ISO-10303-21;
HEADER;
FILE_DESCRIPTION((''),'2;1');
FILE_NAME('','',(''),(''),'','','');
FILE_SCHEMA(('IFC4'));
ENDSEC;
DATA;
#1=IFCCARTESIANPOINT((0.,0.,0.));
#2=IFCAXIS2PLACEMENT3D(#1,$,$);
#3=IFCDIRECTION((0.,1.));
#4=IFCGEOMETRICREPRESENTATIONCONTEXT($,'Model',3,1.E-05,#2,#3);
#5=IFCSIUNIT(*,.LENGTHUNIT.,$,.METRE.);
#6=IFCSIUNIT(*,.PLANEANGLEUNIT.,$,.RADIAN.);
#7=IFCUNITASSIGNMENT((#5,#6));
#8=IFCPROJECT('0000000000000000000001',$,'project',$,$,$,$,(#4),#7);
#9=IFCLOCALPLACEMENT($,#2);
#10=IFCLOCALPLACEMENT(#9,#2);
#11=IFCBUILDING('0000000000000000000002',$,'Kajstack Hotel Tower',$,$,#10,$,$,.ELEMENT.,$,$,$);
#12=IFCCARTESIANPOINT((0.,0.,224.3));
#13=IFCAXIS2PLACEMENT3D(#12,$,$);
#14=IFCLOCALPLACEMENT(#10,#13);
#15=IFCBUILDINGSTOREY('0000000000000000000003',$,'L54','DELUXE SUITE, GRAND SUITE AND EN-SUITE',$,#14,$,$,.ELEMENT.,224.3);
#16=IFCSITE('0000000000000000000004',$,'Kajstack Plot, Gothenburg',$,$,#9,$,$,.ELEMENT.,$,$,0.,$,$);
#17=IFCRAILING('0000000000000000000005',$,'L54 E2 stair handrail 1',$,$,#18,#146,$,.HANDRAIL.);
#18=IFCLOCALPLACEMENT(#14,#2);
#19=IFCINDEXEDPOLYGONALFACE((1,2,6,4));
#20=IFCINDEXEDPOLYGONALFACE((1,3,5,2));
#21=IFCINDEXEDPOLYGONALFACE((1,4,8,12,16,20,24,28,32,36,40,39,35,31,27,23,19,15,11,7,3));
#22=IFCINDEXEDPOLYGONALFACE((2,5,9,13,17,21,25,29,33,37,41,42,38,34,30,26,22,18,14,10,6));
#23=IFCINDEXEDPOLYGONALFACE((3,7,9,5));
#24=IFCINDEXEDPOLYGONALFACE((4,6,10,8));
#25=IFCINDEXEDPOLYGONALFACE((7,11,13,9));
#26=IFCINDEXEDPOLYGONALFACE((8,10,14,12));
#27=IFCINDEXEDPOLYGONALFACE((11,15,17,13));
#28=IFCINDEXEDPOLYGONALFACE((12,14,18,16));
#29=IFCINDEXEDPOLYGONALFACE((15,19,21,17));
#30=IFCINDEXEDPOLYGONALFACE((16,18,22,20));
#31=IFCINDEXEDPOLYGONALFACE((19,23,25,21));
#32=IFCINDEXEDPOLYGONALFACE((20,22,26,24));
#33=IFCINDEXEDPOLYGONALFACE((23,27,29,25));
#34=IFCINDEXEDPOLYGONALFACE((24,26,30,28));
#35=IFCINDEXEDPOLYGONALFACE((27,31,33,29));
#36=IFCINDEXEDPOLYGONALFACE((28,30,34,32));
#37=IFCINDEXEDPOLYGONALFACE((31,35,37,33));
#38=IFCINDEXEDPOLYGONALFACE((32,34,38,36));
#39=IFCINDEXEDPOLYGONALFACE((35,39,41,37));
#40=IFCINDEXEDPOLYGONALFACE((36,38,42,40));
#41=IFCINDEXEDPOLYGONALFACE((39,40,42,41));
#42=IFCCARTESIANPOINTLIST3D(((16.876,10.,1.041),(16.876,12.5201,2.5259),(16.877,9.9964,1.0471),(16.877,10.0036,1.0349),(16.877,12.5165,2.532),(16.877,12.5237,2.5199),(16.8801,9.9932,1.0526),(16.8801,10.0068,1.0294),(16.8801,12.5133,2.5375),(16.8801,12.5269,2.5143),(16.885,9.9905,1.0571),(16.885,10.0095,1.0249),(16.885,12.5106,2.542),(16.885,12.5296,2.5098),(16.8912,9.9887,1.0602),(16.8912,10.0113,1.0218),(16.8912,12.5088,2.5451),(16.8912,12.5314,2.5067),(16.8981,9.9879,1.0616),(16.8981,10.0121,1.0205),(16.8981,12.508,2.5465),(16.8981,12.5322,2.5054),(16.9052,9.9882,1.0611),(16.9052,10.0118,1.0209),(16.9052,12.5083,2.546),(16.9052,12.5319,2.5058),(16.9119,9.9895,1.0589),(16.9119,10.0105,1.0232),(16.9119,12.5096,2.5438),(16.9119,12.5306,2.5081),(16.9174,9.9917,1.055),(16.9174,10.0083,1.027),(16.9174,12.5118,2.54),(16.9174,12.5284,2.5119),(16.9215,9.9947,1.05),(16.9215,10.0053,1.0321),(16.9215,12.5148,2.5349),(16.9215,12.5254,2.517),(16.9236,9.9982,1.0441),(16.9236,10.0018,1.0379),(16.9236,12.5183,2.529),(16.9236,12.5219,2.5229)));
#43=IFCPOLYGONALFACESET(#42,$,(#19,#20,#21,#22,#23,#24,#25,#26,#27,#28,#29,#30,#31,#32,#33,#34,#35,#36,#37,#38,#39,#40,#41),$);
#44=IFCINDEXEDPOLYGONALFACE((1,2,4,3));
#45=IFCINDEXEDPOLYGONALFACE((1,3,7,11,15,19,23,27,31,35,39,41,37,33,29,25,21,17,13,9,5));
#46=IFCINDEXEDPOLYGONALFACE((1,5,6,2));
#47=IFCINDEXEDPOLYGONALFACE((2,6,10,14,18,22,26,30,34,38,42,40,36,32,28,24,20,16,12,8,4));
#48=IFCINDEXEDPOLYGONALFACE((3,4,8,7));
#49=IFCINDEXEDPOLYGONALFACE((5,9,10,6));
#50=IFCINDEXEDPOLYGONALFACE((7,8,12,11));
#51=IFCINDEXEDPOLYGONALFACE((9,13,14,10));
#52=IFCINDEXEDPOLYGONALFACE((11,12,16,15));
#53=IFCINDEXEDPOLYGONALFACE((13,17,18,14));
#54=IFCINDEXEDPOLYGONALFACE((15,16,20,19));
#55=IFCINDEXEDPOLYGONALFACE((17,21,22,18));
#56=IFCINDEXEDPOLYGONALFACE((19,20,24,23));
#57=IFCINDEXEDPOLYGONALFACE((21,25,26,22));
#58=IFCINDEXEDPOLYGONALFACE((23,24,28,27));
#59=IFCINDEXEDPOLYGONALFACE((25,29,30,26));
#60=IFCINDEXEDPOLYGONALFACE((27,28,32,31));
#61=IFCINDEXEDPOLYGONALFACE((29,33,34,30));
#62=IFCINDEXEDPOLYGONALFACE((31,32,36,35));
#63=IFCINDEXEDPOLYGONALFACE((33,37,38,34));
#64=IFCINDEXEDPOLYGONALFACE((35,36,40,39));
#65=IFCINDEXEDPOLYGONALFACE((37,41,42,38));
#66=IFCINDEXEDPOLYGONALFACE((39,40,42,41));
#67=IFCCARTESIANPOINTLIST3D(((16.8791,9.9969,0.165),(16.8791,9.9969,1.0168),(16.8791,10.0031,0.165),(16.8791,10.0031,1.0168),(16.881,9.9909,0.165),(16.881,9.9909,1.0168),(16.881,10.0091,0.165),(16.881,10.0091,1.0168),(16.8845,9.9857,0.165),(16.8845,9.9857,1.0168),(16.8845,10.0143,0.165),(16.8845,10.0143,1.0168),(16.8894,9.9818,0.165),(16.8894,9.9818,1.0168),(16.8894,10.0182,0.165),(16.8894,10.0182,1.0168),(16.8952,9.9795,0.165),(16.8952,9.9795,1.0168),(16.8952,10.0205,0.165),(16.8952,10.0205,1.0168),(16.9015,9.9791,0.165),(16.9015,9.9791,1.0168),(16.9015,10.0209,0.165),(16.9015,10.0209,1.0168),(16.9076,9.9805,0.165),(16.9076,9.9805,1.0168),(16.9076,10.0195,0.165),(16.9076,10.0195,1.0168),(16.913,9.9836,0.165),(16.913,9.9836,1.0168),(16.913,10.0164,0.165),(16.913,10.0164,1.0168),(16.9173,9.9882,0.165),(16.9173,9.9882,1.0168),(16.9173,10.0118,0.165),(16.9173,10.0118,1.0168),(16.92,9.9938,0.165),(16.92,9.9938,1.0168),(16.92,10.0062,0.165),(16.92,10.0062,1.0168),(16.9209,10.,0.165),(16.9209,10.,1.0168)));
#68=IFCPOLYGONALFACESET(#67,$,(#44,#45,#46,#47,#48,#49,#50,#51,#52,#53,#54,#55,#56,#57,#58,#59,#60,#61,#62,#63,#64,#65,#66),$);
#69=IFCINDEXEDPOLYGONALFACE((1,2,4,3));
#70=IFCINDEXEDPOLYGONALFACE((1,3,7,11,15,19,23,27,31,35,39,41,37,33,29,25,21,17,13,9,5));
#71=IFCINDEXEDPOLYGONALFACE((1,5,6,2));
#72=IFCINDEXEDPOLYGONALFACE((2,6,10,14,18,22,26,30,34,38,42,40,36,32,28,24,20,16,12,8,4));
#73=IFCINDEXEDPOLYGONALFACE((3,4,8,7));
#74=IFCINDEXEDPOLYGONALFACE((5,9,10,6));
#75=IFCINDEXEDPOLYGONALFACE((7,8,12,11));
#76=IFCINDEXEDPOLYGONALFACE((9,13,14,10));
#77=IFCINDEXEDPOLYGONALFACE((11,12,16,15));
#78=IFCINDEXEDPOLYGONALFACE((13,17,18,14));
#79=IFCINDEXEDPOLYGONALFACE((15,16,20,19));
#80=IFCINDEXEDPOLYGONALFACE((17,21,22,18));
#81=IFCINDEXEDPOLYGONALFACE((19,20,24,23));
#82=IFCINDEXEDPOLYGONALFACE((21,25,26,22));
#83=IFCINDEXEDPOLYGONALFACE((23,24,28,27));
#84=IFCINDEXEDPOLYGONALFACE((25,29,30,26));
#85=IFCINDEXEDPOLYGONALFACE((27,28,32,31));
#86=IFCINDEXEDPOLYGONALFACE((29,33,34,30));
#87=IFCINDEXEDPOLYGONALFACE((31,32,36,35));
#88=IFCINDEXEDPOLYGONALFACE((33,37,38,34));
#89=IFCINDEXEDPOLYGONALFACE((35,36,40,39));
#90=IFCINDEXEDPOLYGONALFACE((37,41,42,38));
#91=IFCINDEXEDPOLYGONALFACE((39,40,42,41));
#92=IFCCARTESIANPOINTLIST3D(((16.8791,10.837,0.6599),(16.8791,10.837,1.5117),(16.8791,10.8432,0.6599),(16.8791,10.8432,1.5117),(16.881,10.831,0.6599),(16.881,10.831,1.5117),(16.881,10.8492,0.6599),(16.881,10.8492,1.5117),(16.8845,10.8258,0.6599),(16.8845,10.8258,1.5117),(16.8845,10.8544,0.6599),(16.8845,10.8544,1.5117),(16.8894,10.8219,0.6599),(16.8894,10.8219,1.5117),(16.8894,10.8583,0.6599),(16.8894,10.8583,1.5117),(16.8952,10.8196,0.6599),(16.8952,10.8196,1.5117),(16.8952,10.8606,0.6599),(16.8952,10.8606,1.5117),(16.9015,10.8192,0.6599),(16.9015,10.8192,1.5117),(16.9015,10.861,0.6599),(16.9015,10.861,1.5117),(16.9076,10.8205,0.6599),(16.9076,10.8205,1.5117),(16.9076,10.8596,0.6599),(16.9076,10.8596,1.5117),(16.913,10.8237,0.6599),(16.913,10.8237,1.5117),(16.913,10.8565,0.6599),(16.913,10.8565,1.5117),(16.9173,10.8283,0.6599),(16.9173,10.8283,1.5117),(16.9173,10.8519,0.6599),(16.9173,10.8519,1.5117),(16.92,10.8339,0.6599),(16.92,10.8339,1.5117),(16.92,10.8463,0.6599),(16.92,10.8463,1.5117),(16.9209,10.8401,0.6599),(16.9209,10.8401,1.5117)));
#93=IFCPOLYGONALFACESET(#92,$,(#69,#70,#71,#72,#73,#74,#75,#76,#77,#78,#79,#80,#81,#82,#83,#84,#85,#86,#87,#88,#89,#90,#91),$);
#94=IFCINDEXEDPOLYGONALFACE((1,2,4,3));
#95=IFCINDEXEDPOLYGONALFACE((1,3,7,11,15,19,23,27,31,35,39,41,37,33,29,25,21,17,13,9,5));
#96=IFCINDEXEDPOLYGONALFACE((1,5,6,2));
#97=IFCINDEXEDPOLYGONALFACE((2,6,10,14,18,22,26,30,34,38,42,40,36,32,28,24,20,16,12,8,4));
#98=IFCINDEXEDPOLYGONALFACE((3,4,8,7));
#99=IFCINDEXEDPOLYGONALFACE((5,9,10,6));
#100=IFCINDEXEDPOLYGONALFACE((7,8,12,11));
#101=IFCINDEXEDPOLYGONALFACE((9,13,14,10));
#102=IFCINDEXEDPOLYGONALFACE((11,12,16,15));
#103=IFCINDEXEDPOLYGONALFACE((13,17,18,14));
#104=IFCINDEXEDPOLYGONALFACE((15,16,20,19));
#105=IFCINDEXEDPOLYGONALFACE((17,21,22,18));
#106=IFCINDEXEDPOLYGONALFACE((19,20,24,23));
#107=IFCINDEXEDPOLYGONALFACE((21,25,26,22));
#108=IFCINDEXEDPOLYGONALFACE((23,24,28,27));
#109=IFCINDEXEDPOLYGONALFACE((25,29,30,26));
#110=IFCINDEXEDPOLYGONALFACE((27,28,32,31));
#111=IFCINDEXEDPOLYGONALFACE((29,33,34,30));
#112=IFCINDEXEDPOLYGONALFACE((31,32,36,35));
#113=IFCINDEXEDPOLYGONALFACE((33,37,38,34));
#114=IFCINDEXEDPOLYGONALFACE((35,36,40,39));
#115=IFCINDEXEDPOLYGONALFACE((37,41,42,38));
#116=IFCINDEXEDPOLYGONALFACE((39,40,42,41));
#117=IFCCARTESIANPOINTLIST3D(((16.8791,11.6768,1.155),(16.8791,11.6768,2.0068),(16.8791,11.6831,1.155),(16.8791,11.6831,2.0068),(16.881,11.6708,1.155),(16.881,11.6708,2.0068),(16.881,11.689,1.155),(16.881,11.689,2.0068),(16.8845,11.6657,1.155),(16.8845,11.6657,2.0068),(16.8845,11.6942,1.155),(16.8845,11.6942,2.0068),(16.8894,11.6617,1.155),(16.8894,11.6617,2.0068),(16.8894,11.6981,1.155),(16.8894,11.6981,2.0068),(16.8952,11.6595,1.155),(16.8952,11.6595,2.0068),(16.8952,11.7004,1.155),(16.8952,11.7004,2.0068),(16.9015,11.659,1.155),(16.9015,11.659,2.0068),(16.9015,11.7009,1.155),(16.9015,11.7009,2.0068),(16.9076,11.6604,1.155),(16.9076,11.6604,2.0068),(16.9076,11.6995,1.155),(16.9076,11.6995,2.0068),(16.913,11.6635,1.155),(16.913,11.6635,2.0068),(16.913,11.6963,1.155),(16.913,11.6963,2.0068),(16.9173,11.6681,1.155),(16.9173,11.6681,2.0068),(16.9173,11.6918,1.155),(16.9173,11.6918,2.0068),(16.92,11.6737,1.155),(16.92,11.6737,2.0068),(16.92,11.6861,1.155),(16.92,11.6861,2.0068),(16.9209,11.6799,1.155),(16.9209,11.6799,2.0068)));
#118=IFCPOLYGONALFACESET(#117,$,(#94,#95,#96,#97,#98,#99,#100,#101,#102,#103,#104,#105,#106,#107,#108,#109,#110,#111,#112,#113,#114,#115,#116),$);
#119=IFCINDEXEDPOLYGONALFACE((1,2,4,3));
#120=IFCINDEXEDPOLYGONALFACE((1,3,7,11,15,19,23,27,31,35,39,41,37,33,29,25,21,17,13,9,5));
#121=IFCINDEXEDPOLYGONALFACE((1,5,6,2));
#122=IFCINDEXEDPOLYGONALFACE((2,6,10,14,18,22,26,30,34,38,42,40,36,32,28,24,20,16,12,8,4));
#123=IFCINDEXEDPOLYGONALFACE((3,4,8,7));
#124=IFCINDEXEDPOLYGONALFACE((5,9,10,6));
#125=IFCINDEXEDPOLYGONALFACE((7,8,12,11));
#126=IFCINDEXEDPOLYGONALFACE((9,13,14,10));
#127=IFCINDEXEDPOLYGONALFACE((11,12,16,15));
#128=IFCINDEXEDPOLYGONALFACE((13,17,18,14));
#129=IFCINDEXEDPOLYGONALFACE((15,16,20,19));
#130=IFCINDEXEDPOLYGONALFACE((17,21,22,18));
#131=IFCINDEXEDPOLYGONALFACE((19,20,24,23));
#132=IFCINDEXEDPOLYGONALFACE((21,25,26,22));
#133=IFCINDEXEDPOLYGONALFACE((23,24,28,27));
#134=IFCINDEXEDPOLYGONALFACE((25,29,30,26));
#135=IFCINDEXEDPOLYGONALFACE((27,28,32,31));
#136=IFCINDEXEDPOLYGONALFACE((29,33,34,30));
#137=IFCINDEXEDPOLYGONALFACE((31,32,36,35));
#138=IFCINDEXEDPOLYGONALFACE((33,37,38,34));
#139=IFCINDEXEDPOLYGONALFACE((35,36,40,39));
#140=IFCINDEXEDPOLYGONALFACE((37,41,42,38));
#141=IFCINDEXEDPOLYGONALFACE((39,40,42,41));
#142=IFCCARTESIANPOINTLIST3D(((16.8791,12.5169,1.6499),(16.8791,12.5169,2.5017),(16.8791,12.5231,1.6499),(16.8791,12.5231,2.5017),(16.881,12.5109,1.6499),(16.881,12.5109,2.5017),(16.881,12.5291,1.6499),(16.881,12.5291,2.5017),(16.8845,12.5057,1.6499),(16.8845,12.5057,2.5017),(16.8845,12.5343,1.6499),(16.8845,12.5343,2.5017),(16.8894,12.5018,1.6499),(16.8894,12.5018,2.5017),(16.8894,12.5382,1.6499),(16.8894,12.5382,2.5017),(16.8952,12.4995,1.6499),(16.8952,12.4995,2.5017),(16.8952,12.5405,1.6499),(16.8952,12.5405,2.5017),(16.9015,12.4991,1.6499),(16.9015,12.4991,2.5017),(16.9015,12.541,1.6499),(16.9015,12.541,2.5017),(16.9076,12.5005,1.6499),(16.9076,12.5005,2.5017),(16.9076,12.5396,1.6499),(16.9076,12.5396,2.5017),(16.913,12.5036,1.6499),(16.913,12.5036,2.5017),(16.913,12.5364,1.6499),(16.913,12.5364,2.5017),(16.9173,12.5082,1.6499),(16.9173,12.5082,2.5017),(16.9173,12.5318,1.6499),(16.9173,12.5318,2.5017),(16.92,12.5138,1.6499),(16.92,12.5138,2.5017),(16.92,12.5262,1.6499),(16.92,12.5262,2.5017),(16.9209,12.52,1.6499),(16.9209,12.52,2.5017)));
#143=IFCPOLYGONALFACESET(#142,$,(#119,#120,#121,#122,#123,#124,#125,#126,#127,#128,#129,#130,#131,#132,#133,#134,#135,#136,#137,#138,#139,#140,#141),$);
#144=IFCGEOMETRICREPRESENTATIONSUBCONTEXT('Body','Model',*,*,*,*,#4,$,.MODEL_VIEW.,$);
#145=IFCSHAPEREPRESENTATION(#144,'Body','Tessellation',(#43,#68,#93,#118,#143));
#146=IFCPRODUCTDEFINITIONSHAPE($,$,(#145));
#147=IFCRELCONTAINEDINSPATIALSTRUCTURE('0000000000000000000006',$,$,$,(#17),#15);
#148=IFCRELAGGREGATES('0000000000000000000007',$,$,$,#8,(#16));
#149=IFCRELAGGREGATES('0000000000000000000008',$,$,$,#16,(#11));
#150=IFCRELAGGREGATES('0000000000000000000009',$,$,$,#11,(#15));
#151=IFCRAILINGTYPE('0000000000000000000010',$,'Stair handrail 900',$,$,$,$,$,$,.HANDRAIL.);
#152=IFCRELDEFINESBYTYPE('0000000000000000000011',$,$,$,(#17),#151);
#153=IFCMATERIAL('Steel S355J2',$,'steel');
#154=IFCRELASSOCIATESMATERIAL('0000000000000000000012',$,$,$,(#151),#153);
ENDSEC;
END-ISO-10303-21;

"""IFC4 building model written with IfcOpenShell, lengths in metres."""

from ifc_helpers import new_model, si_unit, direction, frame, origin, origin_2d, place, context, subcontext, project, spatial, circle, extrude, material, type_object, element, save


model = new_model("IFC4")

# Units and contexts
model_context = context("Model", 3, precision=1e-05, world=origin(), true_north=direction((0.0, 1.0)))
body_context = subcontext(model_context, "Body", "Model", "MODEL_VIEW")
ifc_project = project(units=[si_unit("LENGTHUNIT", "METRE"), si_unit("PLANEANGLEUNIT", "RADIAN")], contexts=[model_context])

# Site, building, storey
site_placement = place(None, origin())
site = spatial("IfcSite", under=ifc_project, at=site_placement, Name="Kajstack Plot, Gothenburg", CompositionType="ELEMENT", RefElevation=0.0)
building_placement = place(site_placement, origin())
building = spatial("IfcBuilding", under=site, at=building_placement, Name="Kajstack Hotel Tower", CompositionType="ELEMENT")
storey_placement = place(building_placement, frame((0.0, 0.0, 224.3)))
storey = spatial("IfcBuildingStorey", under=building, at=storey_placement, Name="L54", Description="DELUXE SUITE, GRAND SUITE AND EN-SUITE", CompositionType="ELEMENT", Elevation=224.3)

# Railing
ifc_material_1 = material(Name="Steel S355J2", Category="steel")
railing_type_1 = type_object("IfcRailingType", Name="Stair handrail 900", PredefinedType="HANDRAIL", material=ifc_material_1)
railing_1_placement = place(storey_placement, frame((16.8999, 10.0, 0.165)))
element("IfcRailing", 1, at=railing_1_placement, inside=storey, type_object=railing_type_1, Name="L54 E2 stair handrail 1", PredefinedType="HANDRAIL", context=body_context, shape_type="SweptSolid", body=[
    extrude(circle(Radius=0.0239, at=origin_2d()), frame((0.0, 0.0, 0.876), z_axis=(0.0, 0.861561, 0.507655), x_axis=(-1.0, 0.0, 0.0)), (0.0, 0.0, 1.0), 2.925),
    extrude(circle(Radius=0.021, at=origin_2d()), origin(), (0.0, 0.0, 1.0), 0.8518),
    extrude(circle(Radius=0.021, at=origin_2d()), frame((0.0, 0.8401, 0.4949)), (0.0, 0.0, 1.0), 0.8518),
    extrude(circle(Radius=0.021, at=origin_2d()), frame((0.0, 1.6799, 0.99)), (0.0, 0.0, 1.0), 0.8518),
    extrude(circle(Radius=0.021, at=origin_2d()), frame((0.0, 2.52, 1.4849)), (0.0, 0.0, 1.0), 0.8518),
])

save(model, "model.ifc")
